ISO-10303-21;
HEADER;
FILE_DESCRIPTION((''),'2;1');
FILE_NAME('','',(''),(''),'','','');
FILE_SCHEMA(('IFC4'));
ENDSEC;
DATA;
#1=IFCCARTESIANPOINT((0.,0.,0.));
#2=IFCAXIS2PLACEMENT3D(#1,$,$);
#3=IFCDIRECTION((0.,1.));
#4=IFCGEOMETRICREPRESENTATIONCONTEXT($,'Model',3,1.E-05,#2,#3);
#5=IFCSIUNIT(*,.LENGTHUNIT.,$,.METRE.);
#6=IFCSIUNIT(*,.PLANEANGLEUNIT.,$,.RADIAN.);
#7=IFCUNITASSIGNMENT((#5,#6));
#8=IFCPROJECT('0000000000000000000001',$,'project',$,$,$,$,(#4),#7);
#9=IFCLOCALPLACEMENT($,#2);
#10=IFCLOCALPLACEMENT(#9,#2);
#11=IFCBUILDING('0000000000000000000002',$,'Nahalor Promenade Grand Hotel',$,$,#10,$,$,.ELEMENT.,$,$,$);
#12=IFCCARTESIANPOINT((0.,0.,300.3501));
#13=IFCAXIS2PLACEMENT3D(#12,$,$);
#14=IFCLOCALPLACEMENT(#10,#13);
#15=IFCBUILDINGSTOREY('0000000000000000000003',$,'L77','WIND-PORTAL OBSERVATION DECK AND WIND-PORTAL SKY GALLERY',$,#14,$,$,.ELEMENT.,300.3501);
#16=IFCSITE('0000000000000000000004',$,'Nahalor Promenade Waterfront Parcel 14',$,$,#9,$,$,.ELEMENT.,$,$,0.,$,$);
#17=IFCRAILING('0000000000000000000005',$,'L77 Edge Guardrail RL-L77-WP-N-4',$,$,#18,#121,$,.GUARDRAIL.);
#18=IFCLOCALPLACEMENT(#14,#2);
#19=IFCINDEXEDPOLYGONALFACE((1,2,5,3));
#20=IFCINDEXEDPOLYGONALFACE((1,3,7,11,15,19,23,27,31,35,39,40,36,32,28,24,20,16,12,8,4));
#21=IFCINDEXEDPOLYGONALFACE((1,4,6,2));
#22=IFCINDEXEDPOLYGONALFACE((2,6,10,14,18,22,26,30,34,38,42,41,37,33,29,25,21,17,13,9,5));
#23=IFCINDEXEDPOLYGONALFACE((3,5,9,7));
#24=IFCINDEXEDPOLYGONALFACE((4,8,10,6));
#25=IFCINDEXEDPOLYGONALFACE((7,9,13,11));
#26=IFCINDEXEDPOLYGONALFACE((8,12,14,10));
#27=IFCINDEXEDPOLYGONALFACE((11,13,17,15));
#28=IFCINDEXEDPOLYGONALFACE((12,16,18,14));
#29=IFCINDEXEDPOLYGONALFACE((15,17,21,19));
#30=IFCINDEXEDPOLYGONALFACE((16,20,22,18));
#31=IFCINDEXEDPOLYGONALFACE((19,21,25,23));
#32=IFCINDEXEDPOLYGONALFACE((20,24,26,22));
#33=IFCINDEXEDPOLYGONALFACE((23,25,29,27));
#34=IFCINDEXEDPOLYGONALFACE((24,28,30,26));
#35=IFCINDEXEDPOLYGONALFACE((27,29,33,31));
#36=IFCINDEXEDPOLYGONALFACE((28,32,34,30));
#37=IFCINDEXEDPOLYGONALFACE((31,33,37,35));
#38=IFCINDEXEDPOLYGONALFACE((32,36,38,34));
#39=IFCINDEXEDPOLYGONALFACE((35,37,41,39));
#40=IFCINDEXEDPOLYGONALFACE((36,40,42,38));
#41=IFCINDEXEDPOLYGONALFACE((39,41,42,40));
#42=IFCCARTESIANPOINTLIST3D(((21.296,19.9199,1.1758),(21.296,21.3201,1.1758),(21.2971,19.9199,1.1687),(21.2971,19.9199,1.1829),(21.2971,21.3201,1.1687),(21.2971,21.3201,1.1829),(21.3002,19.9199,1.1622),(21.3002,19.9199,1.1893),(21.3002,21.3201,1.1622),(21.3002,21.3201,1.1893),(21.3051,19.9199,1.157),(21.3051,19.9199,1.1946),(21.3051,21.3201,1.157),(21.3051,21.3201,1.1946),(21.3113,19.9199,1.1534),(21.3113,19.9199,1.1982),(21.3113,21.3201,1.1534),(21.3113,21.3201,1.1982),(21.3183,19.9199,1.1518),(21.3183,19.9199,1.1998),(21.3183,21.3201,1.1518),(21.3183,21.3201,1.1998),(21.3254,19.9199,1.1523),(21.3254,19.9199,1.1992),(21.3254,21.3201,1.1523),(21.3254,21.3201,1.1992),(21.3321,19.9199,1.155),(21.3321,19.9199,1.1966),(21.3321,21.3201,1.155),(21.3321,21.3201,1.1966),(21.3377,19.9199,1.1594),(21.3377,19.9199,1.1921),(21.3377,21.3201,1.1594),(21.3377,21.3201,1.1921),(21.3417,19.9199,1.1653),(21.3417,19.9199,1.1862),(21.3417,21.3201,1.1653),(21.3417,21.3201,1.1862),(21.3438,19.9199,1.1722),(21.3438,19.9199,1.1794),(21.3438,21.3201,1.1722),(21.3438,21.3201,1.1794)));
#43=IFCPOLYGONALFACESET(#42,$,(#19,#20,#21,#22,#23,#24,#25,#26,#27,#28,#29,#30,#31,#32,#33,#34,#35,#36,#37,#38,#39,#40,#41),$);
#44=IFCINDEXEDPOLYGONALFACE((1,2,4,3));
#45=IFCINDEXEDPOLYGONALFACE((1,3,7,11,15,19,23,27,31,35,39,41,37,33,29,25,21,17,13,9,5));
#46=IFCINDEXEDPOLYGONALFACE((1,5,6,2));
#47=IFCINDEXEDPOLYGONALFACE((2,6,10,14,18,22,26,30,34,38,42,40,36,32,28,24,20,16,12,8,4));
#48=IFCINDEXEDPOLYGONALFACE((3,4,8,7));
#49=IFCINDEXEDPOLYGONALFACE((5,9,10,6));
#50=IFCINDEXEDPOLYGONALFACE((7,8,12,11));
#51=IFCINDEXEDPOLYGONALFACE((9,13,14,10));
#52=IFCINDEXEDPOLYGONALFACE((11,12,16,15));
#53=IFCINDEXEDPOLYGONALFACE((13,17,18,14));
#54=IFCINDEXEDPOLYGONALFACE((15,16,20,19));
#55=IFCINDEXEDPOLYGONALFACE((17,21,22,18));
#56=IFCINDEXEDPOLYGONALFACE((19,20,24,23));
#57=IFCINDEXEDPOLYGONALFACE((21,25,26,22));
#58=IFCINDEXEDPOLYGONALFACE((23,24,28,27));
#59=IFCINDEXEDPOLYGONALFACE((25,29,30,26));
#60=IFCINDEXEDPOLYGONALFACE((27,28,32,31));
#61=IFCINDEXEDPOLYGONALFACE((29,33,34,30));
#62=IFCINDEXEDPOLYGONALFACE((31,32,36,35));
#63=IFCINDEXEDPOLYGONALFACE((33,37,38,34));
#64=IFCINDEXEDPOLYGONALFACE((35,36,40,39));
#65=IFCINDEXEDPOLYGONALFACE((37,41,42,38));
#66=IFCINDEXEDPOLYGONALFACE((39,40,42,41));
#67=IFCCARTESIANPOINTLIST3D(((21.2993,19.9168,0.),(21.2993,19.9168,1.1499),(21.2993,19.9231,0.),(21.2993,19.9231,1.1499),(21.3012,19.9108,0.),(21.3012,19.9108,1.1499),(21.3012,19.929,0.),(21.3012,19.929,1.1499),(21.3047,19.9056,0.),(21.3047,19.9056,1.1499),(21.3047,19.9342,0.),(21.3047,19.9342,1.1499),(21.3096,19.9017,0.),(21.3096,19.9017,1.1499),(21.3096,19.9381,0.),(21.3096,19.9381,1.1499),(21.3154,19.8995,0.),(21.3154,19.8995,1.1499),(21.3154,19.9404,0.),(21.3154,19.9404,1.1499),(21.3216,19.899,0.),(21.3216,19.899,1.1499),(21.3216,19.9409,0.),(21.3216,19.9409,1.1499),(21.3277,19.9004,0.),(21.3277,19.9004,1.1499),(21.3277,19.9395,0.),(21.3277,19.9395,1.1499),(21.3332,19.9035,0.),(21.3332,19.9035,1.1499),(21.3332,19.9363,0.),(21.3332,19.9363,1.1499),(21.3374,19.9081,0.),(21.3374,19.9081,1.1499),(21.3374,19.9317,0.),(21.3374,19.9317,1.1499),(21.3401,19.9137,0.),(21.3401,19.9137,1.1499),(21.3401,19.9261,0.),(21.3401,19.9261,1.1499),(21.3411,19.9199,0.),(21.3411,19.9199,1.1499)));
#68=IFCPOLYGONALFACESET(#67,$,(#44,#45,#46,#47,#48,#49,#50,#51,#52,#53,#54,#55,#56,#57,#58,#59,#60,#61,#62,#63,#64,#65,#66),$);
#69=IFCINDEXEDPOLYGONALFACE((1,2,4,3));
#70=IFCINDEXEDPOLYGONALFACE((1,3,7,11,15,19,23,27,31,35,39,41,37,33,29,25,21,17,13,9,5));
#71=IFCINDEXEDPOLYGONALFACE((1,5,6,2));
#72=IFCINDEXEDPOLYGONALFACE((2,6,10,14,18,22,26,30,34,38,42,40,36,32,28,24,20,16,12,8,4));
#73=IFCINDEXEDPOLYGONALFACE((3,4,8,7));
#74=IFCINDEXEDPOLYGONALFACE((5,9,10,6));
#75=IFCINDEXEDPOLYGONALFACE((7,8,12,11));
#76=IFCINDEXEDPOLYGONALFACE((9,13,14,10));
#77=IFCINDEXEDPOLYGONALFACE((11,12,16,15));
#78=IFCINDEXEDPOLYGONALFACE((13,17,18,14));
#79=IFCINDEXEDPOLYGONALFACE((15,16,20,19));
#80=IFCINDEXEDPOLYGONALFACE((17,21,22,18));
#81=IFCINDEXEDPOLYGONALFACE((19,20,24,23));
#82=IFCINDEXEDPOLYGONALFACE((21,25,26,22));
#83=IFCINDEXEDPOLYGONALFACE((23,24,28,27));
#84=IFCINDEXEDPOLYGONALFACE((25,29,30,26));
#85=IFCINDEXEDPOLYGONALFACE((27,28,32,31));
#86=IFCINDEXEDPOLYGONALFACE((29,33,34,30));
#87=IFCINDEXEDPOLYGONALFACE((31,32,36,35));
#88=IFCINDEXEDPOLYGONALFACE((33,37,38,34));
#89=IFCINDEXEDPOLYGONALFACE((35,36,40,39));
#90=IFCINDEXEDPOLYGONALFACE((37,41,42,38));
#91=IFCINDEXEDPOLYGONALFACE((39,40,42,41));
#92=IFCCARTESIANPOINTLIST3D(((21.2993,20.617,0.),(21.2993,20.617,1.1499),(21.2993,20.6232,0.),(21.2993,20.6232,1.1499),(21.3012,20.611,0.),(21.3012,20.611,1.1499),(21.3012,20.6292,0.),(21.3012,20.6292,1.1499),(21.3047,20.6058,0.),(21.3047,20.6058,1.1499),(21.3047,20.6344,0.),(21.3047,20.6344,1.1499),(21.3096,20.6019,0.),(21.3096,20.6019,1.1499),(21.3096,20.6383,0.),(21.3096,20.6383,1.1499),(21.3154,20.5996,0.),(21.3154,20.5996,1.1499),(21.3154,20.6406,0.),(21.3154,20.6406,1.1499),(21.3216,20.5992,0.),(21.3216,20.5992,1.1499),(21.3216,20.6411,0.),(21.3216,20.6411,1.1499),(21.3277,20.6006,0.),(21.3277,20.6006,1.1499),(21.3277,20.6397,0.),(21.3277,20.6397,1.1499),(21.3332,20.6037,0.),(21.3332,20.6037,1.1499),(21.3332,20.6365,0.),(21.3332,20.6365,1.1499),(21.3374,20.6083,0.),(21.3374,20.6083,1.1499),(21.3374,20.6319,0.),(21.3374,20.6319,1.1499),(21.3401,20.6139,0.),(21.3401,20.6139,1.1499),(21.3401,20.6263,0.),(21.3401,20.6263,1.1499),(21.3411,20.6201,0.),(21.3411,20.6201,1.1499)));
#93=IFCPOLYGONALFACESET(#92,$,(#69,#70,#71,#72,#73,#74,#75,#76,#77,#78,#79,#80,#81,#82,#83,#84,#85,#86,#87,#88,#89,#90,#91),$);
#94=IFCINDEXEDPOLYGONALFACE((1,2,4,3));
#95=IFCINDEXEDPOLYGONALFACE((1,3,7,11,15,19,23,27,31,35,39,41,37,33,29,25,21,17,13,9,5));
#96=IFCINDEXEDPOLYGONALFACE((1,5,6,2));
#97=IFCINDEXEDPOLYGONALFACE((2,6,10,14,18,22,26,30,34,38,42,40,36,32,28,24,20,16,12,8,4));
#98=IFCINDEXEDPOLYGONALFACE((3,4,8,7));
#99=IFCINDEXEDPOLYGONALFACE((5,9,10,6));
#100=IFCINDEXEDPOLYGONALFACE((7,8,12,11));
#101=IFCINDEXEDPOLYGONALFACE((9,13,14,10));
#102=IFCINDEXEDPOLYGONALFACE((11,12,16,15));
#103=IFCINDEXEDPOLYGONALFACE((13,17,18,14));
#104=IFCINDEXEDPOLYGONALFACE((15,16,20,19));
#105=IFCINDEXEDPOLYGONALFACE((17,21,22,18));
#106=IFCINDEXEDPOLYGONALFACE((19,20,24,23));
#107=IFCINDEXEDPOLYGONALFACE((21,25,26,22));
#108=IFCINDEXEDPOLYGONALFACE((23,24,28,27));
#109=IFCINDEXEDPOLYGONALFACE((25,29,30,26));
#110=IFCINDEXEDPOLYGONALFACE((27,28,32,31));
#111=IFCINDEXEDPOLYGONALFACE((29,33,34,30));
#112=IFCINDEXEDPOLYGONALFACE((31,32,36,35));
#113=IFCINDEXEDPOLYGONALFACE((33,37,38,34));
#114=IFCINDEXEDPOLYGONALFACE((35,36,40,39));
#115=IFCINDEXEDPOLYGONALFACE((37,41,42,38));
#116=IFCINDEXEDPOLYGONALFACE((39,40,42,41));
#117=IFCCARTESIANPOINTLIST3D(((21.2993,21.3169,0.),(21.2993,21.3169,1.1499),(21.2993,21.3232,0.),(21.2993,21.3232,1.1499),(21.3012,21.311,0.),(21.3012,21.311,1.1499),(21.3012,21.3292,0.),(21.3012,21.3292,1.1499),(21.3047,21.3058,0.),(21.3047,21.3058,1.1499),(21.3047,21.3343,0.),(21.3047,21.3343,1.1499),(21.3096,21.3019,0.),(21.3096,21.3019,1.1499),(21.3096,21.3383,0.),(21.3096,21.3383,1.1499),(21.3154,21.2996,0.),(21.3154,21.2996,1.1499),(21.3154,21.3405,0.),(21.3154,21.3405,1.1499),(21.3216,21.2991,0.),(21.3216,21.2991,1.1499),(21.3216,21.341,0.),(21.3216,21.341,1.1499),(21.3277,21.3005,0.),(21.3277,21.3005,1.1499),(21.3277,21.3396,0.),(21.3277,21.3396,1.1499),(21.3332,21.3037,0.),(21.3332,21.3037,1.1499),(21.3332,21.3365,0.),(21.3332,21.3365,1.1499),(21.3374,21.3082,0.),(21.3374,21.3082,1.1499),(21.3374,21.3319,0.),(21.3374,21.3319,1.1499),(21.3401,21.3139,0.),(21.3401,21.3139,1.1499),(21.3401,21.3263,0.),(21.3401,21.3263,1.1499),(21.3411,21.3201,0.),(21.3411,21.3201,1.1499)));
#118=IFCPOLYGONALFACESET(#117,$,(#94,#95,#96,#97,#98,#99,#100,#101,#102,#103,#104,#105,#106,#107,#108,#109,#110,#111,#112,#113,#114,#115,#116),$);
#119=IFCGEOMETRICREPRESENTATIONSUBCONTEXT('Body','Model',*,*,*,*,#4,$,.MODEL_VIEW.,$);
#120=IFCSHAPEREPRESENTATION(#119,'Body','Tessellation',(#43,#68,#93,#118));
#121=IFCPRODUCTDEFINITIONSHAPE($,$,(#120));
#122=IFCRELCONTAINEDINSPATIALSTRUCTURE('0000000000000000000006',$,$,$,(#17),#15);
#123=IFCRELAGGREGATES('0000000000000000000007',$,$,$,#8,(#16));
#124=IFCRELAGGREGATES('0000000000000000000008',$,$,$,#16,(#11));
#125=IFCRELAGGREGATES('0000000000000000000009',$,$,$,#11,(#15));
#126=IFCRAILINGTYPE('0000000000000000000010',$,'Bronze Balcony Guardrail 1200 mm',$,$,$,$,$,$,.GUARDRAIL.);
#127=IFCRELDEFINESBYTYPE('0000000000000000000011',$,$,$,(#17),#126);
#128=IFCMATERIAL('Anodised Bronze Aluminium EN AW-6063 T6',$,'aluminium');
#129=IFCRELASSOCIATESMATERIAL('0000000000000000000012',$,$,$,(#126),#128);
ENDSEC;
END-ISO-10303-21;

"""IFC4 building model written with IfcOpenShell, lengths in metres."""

from ifc_helpers import new_model, si_unit, direction, frame, origin, origin_2d, place, context, subcontext, project, spatial, circle, extrude, material, type_object, element, save


model = new_model("IFC4")

# Units and contexts
model_context = context("Model", 3, precision=1e-05, world=origin(), true_north=direction((0.0, 1.0)))
body_context = subcontext(model_context, "Body", "Model", "MODEL_VIEW")
ifc_project = project(units=[si_unit("LENGTHUNIT", "METRE"), si_unit("PLANEANGLEUNIT", "RADIAN")], contexts=[model_context])

# Site, building, storey
site_placement = place(None, origin())
site = spatial("IfcSite", under=ifc_project, at=site_placement, Name="Nahalor Promenade Waterfront Parcel 14", CompositionType="ELEMENT", RefElevation=0.0)
building_placement = place(site_placement, origin())
building = spatial("IfcBuilding", under=site, at=building_placement, Name="Nahalor Promenade Grand Hotel", CompositionType="ELEMENT")
storey_placement = place(building_placement, frame((0.0, 0.0, 300.3501)))
storey = spatial("IfcBuildingStorey", under=building, at=storey_placement, Name="L77", Description="WIND-PORTAL OBSERVATION DECK AND WIND-PORTAL SKY GALLERY", CompositionType="ELEMENT", Elevation=300.3501)

# Railing
ifc_material_1 = material(Name="Anodised Bronze Aluminium EN AW-6063 T6", Category="aluminium")
railing_type = type_object("IfcRailingType", Name="Bronze Balcony Guardrail 1200 mm", PredefinedType="GUARDRAIL", material=ifc_material_1)
railing_1_placement = place(storey_placement, frame((21.3201, 19.9199, 0.0)))
element("IfcRailing", 1, at=railing_1_placement, inside=storey, type_object=railing_type, Name="L77 Edge Guardrail RL-L77-WP-N-4", PredefinedType="GUARDRAIL", context=body_context, shape_type="SweptSolid", body=[
    extrude(circle(Radius=0.024, at=origin_2d()), frame((0.0, 0.0, 1.1758), z_axis=(0.0, 1.0, 0.0), x_axis=(-1.0, 0.0, 0.0)), (0.0, 0.0, 1.0), 1.4001),
    extrude(circle(Radius=0.021, at=origin_2d()), origin(), (0.0, 0.0, 1.0), 1.1499),
    extrude(circle(Radius=0.021, at=origin_2d()), frame((0.0, 0.7002, 0.0)), (0.0, 0.0, 1.0), 1.1499),
    extrude(circle(Radius=0.021, at=origin_2d()), frame((0.0, 1.4001, 0.0)), (0.0, 0.0, 1.0), 1.1499),
])

save(model, "model.ifc")
